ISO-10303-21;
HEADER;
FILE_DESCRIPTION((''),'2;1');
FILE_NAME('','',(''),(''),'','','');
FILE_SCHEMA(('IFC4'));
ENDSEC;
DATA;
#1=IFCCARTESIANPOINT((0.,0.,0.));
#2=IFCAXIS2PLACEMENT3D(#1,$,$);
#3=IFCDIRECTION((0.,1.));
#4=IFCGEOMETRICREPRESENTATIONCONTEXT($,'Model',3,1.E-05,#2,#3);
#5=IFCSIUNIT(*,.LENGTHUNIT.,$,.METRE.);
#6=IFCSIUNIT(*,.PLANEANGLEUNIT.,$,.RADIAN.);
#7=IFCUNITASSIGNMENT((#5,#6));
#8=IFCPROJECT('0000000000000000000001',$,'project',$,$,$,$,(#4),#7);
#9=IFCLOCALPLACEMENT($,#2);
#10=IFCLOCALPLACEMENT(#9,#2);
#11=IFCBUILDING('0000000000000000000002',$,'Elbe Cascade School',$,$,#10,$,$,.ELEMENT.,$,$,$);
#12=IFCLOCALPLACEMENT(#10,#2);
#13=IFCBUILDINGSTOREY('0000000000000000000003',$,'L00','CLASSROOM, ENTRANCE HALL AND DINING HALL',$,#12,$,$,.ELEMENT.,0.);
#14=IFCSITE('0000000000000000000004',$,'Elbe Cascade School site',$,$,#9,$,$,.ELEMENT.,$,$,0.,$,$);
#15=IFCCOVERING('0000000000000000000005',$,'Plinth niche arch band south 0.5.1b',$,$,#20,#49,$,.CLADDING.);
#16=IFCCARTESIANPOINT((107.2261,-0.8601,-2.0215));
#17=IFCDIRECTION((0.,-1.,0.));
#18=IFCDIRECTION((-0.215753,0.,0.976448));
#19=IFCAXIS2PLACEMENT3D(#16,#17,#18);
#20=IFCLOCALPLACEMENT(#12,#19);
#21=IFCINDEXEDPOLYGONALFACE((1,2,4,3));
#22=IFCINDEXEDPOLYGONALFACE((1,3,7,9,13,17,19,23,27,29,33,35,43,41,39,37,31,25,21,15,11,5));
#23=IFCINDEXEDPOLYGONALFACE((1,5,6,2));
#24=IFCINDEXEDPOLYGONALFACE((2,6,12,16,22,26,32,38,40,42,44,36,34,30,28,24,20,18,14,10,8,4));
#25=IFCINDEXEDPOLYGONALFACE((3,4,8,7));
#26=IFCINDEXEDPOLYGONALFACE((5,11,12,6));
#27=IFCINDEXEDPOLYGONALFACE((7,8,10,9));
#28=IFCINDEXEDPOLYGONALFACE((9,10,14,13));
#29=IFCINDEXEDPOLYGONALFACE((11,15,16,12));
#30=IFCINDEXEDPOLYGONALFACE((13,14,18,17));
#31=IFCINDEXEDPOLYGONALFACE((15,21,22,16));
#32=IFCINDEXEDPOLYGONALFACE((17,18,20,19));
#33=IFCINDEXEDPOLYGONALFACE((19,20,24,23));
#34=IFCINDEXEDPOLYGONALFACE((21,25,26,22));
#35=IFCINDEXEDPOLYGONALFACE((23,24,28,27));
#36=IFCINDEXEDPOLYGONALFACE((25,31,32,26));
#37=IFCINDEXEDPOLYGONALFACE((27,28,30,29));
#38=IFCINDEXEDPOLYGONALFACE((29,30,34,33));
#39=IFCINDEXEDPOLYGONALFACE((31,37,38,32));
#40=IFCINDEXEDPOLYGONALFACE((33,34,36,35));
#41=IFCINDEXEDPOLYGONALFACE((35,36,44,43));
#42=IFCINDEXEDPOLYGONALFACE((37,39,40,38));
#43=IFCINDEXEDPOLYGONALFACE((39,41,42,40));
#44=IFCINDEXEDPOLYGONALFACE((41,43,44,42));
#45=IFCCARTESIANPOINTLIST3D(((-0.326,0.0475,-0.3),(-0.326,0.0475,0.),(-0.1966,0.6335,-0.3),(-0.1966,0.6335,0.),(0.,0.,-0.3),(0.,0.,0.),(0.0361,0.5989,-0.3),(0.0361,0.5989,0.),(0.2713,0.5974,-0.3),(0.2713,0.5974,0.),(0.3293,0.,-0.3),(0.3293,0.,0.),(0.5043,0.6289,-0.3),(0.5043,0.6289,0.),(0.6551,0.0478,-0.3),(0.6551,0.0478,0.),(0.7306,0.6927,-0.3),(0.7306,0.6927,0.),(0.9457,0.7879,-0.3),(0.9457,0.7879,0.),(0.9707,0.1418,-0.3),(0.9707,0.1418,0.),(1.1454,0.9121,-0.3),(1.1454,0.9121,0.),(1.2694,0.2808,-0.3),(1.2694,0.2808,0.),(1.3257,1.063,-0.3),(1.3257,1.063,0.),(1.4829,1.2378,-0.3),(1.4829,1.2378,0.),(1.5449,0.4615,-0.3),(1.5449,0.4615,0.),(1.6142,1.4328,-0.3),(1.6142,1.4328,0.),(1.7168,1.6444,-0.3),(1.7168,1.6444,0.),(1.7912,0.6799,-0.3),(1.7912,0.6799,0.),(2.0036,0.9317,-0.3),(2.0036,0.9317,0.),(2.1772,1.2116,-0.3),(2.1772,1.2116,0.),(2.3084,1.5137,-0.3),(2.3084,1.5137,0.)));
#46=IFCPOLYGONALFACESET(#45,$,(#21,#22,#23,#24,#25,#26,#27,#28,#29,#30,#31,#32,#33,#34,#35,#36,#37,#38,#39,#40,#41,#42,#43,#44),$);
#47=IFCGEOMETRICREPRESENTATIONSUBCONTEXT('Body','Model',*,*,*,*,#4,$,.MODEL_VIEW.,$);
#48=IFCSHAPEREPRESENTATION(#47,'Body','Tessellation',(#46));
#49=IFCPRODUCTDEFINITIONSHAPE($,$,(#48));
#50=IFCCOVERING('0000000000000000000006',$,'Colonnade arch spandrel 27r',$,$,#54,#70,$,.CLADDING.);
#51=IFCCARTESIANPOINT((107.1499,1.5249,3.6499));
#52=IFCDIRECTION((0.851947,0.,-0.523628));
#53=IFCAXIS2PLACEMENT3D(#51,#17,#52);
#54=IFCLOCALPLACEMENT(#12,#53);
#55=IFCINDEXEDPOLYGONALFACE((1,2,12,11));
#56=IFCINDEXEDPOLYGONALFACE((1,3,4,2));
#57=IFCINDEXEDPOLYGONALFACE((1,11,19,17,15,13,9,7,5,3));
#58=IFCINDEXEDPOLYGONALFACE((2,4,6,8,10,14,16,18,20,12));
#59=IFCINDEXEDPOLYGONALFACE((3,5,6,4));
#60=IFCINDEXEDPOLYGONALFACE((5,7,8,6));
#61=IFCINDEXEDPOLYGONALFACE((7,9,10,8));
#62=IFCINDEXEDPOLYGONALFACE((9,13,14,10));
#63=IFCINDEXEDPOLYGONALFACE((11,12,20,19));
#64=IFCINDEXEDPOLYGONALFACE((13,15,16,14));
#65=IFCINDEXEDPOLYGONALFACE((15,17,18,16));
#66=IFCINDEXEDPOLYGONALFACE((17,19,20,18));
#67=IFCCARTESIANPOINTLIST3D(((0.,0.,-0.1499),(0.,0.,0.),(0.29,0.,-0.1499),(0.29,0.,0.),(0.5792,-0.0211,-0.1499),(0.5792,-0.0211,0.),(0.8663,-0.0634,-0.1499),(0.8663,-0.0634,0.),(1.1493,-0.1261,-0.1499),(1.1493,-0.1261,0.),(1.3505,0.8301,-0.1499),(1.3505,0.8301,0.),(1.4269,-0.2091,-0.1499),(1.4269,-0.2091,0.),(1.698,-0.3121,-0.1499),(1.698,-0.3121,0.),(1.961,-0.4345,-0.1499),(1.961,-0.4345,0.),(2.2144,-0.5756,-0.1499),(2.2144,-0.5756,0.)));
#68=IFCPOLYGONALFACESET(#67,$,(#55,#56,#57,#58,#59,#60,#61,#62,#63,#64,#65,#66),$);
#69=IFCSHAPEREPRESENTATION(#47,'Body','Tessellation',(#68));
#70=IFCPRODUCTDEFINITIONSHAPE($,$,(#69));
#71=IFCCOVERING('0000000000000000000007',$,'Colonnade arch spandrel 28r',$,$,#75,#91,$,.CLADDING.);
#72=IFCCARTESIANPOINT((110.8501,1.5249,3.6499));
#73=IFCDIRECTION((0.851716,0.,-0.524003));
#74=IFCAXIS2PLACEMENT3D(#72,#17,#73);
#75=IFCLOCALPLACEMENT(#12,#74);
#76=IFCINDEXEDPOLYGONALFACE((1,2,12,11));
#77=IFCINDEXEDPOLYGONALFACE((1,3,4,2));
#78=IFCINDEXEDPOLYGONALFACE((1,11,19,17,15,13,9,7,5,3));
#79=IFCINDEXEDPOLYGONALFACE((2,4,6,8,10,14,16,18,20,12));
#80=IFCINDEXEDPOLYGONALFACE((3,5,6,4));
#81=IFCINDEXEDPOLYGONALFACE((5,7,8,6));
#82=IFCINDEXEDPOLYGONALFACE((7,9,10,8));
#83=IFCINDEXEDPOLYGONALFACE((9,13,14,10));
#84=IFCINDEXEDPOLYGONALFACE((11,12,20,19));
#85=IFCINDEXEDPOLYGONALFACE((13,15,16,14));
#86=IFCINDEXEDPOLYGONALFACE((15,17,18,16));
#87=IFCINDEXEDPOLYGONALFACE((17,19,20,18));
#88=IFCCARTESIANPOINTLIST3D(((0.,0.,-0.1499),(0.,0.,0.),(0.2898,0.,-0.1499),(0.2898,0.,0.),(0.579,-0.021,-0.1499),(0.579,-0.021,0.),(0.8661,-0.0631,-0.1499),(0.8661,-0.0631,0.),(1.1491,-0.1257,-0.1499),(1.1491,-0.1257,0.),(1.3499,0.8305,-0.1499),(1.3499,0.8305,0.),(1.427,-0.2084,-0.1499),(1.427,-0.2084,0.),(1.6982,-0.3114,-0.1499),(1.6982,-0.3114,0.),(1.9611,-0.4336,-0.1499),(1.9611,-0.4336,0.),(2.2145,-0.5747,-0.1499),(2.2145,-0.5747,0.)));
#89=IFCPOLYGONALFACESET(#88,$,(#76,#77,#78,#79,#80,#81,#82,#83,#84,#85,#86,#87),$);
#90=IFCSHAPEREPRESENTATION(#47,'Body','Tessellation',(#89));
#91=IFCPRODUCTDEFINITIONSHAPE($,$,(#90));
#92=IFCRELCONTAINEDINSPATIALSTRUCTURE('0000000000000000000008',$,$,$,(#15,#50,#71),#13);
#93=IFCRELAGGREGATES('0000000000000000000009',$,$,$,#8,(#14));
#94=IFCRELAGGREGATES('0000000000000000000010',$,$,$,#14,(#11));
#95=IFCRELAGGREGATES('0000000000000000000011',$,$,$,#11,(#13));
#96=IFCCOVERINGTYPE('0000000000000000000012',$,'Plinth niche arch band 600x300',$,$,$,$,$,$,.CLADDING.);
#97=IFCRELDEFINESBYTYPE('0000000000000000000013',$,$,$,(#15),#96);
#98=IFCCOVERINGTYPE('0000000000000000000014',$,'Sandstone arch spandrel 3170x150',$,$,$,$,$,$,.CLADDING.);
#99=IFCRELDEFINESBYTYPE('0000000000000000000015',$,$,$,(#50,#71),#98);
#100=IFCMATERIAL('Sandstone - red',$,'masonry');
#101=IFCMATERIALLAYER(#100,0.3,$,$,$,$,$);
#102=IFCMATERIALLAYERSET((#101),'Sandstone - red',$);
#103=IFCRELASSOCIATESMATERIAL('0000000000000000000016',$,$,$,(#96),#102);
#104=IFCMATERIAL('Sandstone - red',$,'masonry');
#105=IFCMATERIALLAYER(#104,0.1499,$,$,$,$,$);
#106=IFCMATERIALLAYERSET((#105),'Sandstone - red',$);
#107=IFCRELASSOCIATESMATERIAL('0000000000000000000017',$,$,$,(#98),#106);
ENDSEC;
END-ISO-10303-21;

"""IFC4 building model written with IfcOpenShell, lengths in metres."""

from ifc_helpers import new_model, si_unit, direction, frame, origin, place, context, subcontext, project, spatial, polyline, outline, extrude, material, layer, layer_set, type_object, element, save


model = new_model("IFC4")

# Units and contexts
model_context = context("Model", 3, precision=1e-05, world=origin(), true_north=direction((0.0, 1.0)))
body_context = subcontext(model_context, "Body", "Model", "MODEL_VIEW")
ifc_project = project(units=[si_unit("LENGTHUNIT", "METRE"), si_unit("PLANEANGLEUNIT", "RADIAN")], contexts=[model_context])

# Site, building, storey
site_placement = place(None, origin())
site = spatial("IfcSite", under=ifc_project, at=site_placement, Name="Elbe Cascade School site", CompositionType="ELEMENT", RefElevation=0.0)
building_placement = place(site_placement, origin())
building = spatial("IfcBuilding", under=site, at=building_placement, Name="Elbe Cascade School", CompositionType="ELEMENT")
storey_placement = place(building_placement, origin())
storey = spatial("IfcBuildingStorey", under=building, at=storey_placement, Name="L00", Description="CLASSROOM, ENTRANCE HALL AND DINING HALL", CompositionType="ELEMENT", Elevation=0.0)

# Coverings
ifc_material_1 = material(Name="Sandstone - red", Category="masonry")
ifc_layer_1 = layer(ifc_material_1, 0.3)
ifc_layer_set_1 = layer_set([ifc_layer_1], Name="Sandstone - red")
covering_type_1 = type_object("IfcCoveringType", Name="Plinth niche arch band 600x300", PredefinedType="CLADDING", material=ifc_layer_set_1)
covering_1_placement = place(storey_placement, frame((107.2261, -0.8601, -2.0215), z_axis=(0.0, -1.0, 0.0), x_axis=(-0.215753, 0.0, 0.976448)))
element("IfcCovering", 1, at=covering_1_placement, inside=storey, type_object=covering_type_1, Name="Plinth niche arch band south 0.5.1b", PredefinedType="CLADDING", context=body_context, shape_type="SweptSolid", body=[
    extrude(outline(polyline([(0.0, 0.0), (0.3293, 0.0), (0.6551, 0.0478), (0.9707, 0.1418), (1.2694, 0.2808), (1.5449, 0.4615), (1.7912, 0.6799), (2.0036, 0.9317), (2.1772, 1.2116), (2.3084, 1.5137), (1.7168, 1.6444), (1.6142, 1.4328), (1.4829, 1.2378), (1.3257, 1.063), (1.1454, 0.9121), (0.9457, 0.7879), (0.7306, 0.6927), (0.5043, 0.6289), (0.2713, 0.5974), (0.0361, 0.5989), (-0.1966, 0.6335), (-0.326, 0.0475), (0.0, 0.0)])), origin(), (0.0, 0.0, -1.0), 0.3),
])
ifc_material_2 = material(Name="Sandstone - red", Category="masonry")
ifc_layer_2 = layer(ifc_material_2, 0.1499)
ifc_layer_set_2 = layer_set([ifc_layer_2], Name="Sandstone - red")
covering_type_2 = type_object("IfcCoveringType", Name="Sandstone arch spandrel 3170x150", PredefinedType="CLADDING", material=ifc_layer_set_2)
covering_2_placement = place(storey_placement, frame((107.1499, 1.5249, 3.6499), z_axis=(0.0, -1.0, 0.0), x_axis=(0.851947, 0.0, -0.523628)))
element("IfcCovering", 2, at=covering_2_placement, inside=storey, type_object=covering_type_2, Name="Colonnade arch spandrel 27r", PredefinedType="CLADDING", context=body_context, shape_type="SweptSolid", body=[
    extrude(outline(polyline([(0.0, 0.0), (0.29, 0.0), (0.5792, -0.0211), (0.8663, -0.0634), (1.1493, -0.1261), (1.4269, -0.2091), (1.698, -0.3121), (1.961, -0.4345), (2.2144, -0.5756), (1.3505, 0.8301), (0.0, 0.0)])), origin(), (0.0, 0.0, -1.0), 0.1499),
])
covering_3_placement = place(storey_placement, frame((110.8501, 1.5249, 3.6499), z_axis=(0.0, -1.0, 0.0), x_axis=(0.851716, 0.0, -0.524003)))
element("IfcCovering", 3, at=covering_3_placement, inside=storey, type_object=covering_type_2, Name="Colonnade arch spandrel 28r", PredefinedType="CLADDING", context=body_context, shape_type="SweptSolid", body=[
    extrude(outline(polyline([(0.0, 0.0), (0.2898, 0.0), (0.579, -0.021), (0.8661, -0.0631), (1.1491, -0.1257), (1.427, -0.2084), (1.6982, -0.3114), (1.9611, -0.4336), (2.2145, -0.5747), (1.3499, 0.8305), (0.0, 0.0)])), origin(), (0.0, 0.0, -1.0), 0.1499),
])

save(model, "model.ifc")
